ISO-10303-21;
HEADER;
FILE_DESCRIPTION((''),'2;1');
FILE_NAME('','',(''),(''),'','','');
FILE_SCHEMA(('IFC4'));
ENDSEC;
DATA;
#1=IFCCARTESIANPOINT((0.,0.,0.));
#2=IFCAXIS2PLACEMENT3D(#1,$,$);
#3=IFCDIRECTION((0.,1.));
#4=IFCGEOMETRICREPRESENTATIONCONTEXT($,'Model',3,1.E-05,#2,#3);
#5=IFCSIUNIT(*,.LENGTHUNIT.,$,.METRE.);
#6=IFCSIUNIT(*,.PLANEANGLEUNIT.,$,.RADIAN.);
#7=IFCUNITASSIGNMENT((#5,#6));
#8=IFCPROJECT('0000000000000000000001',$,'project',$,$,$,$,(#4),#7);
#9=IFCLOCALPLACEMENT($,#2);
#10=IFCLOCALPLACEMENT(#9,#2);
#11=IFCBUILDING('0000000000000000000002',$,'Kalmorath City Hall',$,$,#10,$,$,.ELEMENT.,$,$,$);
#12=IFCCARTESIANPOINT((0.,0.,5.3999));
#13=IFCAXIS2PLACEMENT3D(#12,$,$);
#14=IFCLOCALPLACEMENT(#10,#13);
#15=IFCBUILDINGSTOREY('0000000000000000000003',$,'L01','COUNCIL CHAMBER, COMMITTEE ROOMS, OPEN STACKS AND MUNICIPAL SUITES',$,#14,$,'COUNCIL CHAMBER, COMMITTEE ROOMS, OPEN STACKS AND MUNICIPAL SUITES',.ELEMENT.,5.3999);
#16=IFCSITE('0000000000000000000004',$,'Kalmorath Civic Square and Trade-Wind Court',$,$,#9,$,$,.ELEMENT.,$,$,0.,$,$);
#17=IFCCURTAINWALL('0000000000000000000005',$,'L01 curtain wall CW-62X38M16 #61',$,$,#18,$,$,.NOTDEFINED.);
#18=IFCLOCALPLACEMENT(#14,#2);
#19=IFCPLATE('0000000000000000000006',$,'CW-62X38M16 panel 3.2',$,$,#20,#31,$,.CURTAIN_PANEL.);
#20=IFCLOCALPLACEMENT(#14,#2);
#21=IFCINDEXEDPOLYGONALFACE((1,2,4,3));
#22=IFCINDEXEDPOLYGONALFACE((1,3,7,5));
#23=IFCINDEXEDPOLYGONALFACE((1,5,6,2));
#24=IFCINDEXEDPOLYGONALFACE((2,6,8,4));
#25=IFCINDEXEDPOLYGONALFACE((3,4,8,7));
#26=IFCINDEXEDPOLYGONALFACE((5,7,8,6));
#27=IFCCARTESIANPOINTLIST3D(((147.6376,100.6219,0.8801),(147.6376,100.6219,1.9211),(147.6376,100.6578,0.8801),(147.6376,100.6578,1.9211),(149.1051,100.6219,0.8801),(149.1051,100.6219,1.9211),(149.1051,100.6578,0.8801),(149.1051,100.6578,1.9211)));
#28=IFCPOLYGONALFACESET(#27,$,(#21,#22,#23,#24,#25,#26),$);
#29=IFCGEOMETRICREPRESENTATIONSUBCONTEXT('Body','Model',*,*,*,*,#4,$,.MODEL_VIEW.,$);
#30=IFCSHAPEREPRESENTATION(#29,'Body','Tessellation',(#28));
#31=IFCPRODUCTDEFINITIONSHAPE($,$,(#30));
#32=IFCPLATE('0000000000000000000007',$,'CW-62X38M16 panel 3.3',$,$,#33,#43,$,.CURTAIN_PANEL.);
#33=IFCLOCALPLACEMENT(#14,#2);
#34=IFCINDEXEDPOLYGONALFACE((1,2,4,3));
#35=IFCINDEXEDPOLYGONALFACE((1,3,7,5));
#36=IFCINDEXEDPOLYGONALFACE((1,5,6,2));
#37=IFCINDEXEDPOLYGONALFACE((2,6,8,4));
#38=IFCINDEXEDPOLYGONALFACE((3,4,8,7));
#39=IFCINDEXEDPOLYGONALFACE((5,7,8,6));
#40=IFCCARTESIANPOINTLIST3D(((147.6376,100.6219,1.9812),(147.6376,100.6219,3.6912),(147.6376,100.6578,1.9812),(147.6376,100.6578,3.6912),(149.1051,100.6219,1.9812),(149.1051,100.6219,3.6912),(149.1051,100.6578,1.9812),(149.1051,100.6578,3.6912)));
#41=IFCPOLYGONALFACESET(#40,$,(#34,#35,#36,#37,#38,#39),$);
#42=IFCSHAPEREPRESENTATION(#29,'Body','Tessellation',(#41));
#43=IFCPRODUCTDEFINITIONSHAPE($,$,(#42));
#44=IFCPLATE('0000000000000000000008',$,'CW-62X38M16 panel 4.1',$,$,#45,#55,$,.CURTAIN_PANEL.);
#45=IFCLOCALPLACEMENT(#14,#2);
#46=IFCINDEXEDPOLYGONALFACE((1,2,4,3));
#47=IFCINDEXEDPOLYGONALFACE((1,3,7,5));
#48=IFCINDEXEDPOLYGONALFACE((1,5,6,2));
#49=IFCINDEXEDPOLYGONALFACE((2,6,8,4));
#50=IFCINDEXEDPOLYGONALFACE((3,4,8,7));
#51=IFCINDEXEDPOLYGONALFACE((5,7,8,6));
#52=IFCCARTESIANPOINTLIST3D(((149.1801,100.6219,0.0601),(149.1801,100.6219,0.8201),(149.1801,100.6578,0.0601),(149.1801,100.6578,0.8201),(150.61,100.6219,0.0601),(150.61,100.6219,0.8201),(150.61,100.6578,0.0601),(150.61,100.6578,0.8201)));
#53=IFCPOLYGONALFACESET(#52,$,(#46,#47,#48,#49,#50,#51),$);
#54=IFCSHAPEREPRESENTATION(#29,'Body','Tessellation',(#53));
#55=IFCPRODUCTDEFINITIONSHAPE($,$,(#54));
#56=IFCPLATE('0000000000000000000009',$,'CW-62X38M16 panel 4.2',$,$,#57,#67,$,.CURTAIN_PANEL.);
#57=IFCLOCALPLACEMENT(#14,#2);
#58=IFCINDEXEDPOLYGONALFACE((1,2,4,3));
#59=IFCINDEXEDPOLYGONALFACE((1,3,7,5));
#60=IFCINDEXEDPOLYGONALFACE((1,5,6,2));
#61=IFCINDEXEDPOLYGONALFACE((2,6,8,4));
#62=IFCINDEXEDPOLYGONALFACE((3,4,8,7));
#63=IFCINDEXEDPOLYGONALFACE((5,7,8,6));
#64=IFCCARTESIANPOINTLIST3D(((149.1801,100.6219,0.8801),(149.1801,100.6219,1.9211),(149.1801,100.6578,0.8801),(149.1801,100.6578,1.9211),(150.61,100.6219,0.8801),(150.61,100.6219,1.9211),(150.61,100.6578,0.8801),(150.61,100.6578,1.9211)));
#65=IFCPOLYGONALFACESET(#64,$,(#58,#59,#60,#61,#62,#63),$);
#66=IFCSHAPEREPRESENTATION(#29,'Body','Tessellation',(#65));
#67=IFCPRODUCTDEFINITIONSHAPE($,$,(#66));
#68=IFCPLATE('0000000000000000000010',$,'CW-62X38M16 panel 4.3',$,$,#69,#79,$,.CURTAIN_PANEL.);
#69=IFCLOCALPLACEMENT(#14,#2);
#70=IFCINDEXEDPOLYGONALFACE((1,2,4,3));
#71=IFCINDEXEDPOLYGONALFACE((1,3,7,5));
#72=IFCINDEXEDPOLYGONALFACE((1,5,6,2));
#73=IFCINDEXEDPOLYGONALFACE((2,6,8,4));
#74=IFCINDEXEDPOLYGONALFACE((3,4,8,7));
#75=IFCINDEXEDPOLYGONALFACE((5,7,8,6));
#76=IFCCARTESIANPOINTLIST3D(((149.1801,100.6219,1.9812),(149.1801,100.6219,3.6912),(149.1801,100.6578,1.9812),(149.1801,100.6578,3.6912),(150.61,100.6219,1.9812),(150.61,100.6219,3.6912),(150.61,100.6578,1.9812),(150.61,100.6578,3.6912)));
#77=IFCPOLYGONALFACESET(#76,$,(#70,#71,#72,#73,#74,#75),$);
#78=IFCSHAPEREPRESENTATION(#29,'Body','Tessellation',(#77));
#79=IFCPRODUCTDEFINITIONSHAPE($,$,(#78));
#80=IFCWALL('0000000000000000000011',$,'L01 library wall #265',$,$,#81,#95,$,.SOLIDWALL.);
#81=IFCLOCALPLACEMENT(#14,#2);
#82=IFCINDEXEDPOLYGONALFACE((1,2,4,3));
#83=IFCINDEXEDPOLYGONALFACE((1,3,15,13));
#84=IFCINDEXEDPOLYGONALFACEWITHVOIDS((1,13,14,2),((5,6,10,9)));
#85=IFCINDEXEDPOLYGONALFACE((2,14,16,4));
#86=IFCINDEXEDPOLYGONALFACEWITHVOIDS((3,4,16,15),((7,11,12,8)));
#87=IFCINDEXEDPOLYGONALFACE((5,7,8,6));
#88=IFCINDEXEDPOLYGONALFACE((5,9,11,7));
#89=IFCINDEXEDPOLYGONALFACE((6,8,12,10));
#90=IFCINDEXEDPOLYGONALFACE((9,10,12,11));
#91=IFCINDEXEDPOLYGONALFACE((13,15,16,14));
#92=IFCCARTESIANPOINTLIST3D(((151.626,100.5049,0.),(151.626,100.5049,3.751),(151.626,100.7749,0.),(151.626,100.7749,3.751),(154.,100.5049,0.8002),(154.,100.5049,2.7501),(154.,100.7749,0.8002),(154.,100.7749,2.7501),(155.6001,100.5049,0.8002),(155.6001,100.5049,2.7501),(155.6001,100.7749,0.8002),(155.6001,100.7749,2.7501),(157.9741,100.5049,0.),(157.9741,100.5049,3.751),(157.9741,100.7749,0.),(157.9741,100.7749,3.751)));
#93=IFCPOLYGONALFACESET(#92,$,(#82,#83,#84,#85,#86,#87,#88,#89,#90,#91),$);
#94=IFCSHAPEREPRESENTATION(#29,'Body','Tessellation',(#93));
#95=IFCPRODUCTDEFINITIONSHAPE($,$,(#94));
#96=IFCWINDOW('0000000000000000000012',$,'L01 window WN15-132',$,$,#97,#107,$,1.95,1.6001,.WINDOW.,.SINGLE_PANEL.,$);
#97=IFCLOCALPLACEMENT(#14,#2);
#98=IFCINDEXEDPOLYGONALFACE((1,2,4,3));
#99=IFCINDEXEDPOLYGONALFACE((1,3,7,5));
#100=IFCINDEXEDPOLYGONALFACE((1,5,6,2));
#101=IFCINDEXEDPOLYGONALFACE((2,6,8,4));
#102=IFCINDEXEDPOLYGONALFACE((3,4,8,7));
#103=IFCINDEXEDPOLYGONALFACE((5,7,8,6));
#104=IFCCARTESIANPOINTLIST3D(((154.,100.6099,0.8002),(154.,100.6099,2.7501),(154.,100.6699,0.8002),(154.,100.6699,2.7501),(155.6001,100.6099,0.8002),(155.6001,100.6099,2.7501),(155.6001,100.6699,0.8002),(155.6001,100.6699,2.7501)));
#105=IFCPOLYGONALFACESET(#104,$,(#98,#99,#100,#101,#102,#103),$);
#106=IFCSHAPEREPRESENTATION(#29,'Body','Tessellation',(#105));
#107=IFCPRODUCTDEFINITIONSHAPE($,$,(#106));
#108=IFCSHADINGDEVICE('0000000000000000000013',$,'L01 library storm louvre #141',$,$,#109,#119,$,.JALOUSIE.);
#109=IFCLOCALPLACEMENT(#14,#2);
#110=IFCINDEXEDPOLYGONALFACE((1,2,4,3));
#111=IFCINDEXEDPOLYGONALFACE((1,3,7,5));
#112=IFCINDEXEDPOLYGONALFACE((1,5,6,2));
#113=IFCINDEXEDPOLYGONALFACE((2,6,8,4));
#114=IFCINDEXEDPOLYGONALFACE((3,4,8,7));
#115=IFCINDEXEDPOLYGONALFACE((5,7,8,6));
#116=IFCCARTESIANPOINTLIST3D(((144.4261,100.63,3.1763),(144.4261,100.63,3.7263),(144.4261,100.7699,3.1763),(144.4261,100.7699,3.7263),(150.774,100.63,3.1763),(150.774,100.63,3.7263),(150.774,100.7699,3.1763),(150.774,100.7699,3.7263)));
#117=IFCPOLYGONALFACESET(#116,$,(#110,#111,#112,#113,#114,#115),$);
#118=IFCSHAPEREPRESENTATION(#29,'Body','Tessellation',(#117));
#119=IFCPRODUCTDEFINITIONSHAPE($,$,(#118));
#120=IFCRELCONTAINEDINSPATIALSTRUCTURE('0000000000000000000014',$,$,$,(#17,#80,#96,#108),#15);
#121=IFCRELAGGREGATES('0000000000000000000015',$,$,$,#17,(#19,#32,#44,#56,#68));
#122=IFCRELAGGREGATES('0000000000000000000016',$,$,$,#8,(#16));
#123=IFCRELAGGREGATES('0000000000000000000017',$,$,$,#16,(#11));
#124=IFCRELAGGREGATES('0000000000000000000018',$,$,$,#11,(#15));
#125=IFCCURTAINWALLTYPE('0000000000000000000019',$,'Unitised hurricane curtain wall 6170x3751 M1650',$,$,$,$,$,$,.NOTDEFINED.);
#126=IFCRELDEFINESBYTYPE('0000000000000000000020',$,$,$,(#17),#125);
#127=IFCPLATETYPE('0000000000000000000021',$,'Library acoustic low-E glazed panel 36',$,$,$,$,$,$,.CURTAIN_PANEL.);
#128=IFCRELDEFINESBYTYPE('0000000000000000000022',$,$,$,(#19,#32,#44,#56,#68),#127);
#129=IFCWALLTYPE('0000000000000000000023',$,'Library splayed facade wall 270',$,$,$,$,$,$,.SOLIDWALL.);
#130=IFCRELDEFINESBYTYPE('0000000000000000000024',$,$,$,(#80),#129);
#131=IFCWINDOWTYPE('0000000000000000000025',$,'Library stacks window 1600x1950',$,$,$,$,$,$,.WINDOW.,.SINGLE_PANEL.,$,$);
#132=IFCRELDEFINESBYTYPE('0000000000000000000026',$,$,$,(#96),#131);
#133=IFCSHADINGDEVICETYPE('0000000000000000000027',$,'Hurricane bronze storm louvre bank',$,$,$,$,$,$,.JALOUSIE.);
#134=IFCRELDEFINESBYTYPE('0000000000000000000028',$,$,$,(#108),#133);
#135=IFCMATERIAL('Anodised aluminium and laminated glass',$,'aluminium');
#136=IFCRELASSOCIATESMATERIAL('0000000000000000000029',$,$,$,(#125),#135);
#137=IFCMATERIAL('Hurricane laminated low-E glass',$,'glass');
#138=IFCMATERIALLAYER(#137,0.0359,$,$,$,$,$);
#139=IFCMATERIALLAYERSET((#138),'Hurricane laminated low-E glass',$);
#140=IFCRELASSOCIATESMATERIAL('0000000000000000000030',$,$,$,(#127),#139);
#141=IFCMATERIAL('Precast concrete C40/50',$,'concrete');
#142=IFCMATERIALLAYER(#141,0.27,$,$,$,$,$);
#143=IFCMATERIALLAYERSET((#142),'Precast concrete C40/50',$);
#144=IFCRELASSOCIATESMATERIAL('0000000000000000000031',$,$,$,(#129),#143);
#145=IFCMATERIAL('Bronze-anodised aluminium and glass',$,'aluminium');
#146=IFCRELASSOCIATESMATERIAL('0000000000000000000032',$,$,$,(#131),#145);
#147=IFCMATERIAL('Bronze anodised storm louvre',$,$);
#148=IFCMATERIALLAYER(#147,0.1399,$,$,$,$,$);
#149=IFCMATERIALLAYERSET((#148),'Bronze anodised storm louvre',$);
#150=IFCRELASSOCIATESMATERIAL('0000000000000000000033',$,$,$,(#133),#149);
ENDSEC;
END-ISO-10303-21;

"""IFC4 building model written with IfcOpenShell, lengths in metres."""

from ifc_helpers import new_model, si_unit, direction, frame, frame_2d, origin, origin_2d, place, context, subcontext, project, spatial, rectangle, extrude, material, layer, layer_set, type_object, element, fill, aggregate, save


model = new_model("IFC4")

# Units and contexts
model_context = context("Model", 3, precision=1e-05, world=origin(), true_north=direction((0.0, 1.0)))
body_context = subcontext(model_context, "Body", "Model", "MODEL_VIEW")
ifc_project = project(units=[si_unit("LENGTHUNIT", "METRE"), si_unit("PLANEANGLEUNIT", "RADIAN")], contexts=[model_context])

# Site, building, storey
site_placement = place(None, origin())
site = spatial("IfcSite", under=ifc_project, at=site_placement, Name="Kalmorath Civic Square and Trade-Wind Court", CompositionType="ELEMENT", RefElevation=0.0)
building_placement = place(site_placement, origin())
building = spatial("IfcBuilding", under=site, at=building_placement, Name="Kalmorath City Hall", CompositionType="ELEMENT")
storey_placement = place(building_placement, frame((0.0, 0.0, 5.3999)))
storey = spatial("IfcBuildingStorey", under=building, at=storey_placement, Name="L01", Description="COUNCIL CHAMBER, COMMITTEE ROOMS, OPEN STACKS AND MUNICIPAL SUITES", LongName="COUNCIL CHAMBER, COMMITTEE ROOMS, OPEN STACKS AND MUNICIPAL SUITES", CompositionType="ELEMENT", Elevation=5.3999)

# Curtain wall, plates
ifc_material_1 = material(Name="Anodised aluminium and laminated glass", Category="aluminium")
curtain_wall_type = type_object("IfcCurtainWallType", Name="Unitised hurricane curtain wall 6170x3751 M1650", PredefinedType="NOTDEFINED", material=ifc_material_1)
curtain_wall_placement = place(storey_placement, origin())
curtain_wall = element("IfcCurtainWall", 1, at=curtain_wall_placement, inside=storey, type_object=curtain_wall_type, Name="L01 curtain wall CW-62X38M16 #61", PredefinedType="NOTDEFINED")
ifc_material_2 = material(Name="Hurricane laminated low-E glass", Category="glass")
ifc_layer_1 = layer(ifc_material_2, 0.0359)
ifc_layer_set_1 = layer_set([ifc_layer_1], Name="Hurricane laminated low-E glass")
plate_type = type_object("IfcPlateType", Name="Library acoustic low-E glazed panel 36", PredefinedType="CURTAIN_PANEL", material=ifc_layer_set_1)
plate_1_placement = place(storey_placement, frame((148.3713, 100.6399, 0.8801), z_axis=(0.0, 0.0, 1.0), x_axis=(1.0, 0.0, 0.0)))
plate_1 = element("IfcPlate", 2, at=plate_1_placement, type_object=plate_type, Name="CW-62X38M16 panel 3.2", PredefinedType="CURTAIN_PANEL", context=body_context, shape_type="SweptSolid", body=[
    extrude(rectangle(XDim=1.4675, YDim=0.0359, at=origin_2d()), origin(), (0.0, 0.0, 1.0), 1.041),
])
plate_2_placement = place(storey_placement, frame((148.3713, 100.6399, 1.9812), z_axis=(0.0, 0.0, 1.0), x_axis=(1.0, 0.0, 0.0)))
plate_2 = element("IfcPlate", 3, at=plate_2_placement, type_object=plate_type, Name="CW-62X38M16 panel 3.3", PredefinedType="CURTAIN_PANEL", context=body_context, shape_type="SweptSolid", body=[
    extrude(rectangle(XDim=1.4675, YDim=0.0359, at=origin_2d()), origin(), (0.0, 0.0, 1.0), 1.71),
])
plate_3_placement = place(storey_placement, frame((149.895, 100.6399, 0.0601), z_axis=(0.0, 0.0, 1.0), x_axis=(1.0, 0.0, 0.0)))
plate_3 = element("IfcPlate", 4, at=plate_3_placement, type_object=plate_type, Name="CW-62X38M16 panel 4.1", PredefinedType="CURTAIN_PANEL", context=body_context, shape_type="SweptSolid", body=[
    extrude(rectangle(XDim=1.4299, YDim=0.0359, at=origin_2d()), origin(), (0.0, 0.0, 1.0), 0.76),
])
plate_4_placement = place(storey_placement, frame((149.895, 100.6399, 0.8801), z_axis=(0.0, 0.0, 1.0), x_axis=(1.0, 0.0, 0.0)))
plate_4 = element("IfcPlate", 5, at=plate_4_placement, type_object=plate_type, Name="CW-62X38M16 panel 4.2", PredefinedType="CURTAIN_PANEL", context=body_context, shape_type="SweptSolid", body=[
    extrude(rectangle(XDim=1.4299, YDim=0.0359, at=origin_2d()), origin(), (0.0, 0.0, 1.0), 1.041),
])
plate_5_placement = place(storey_placement, frame((149.895, 100.6399, 1.9812), z_axis=(0.0, 0.0, 1.0), x_axis=(1.0, 0.0, 0.0)))
plate_5 = element("IfcPlate", 6, at=plate_5_placement, type_object=plate_type, Name="CW-62X38M16 panel 4.3", PredefinedType="CURTAIN_PANEL", context=body_context, shape_type="SweptSolid", body=[
    extrude(rectangle(XDim=1.4299, YDim=0.0359, at=origin_2d()), origin(), (0.0, 0.0, 1.0), 1.71),
])
aggregate(curtain_wall, [plate_1, plate_2, plate_3, plate_4, plate_5])

# Wall, opening, window
ifc_material_3 = material(Name="Precast concrete C40/50", Category="concrete")
ifc_layer_2 = layer(ifc_material_3, 0.27)
ifc_layer_set_2 = layer_set([ifc_layer_2], Name="Precast concrete C40/50")
wall_type = type_object("IfcWallType", Name="Library splayed facade wall 270", PredefinedType="SOLIDWALL", material=ifc_layer_set_2)
wall_placement = place(storey_placement, frame((151.626, 100.6399, 0.0), z_axis=(0.0, 0.0, 1.0), x_axis=(1.0, 0.0, 0.0)))
wall = element("IfcWall", 7, at=wall_placement, inside=storey, type_object=wall_type, Name="L01 library wall #265", PredefinedType="SOLIDWALL", context=body_context, shape_type="SweptSolid", body=[
    extrude(rectangle(XDim=6.3481, YDim=0.27, at=frame_2d((3.1741, 0.0))), origin(), (0.0, 0.0, 1.0), 3.751),
])
opening_placement = place(wall_placement, frame((2.374, 0.0, 0.8)))
opening = element("IfcOpeningElement", 8, at=opening_placement, cuts=wall, PredefinedType="OPENING", context=body_context, shape_type="SweptSolid", body=[
    extrude(rectangle(XDim=1.6001, YDim=1.95, at=frame_2d((0.8, 0.9751))), frame((0.0, 0.145, 0.0), z_axis=(0.0, -1.0, 0.0), x_axis=(1.0, 0.0, 0.0)), (0.0, 0.0, 1.0), 0.29),
])
ifc_material_4 = material(Name="Bronze-anodised aluminium and glass", Category="aluminium")
window_type = type_object("IfcWindowType", Name="Library stacks window 1600x1950", PartitioningType="SINGLE_PANEL", PredefinedType="WINDOW", material=ifc_material_4)
window_placement = place(opening_placement, origin())
window = element("IfcWindow", 9, at=window_placement, inside=storey, type_object=window_type, Name="L01 window WN15-132", OverallHeight=1.95, OverallWidth=1.6001, PartitioningType="SINGLE_PANEL", PredefinedType="WINDOW", context=body_context, shape_type="SweptSolid", body=[
    extrude(rectangle(XDim=1.6001, YDim=1.95, at=frame_2d((0.8, 0.9751))), frame((0.0, 0.03, 0.0), z_axis=(0.0, -1.0, 0.0), x_axis=(1.0, 0.0, 0.0)), (0.0, 0.0, 1.0), 0.0601),
])
fill(opening, window)

# Shading device
ifc_material_5 = material(Name="Bronze anodised storm louvre")
ifc_layer_3 = layer(ifc_material_5, 0.1399)
ifc_layer_set_3 = layer_set([ifc_layer_3], Name="Bronze anodised storm louvre")
shading_device_type = type_object("IfcShadingDeviceType", Name="Hurricane bronze storm louvre bank", PredefinedType="JALOUSIE", material=ifc_layer_set_3)
shading_device_placement = place(storey_placement, frame((147.6001, 100.7, 3.1763), z_axis=(0.0, 0.0, 1.0), x_axis=(1.0, 0.0, 0.0)))
element("IfcShadingDevice", 10, at=shading_device_placement, inside=storey, type_object=shading_device_type, Name="L01 library storm louvre #141", PredefinedType="JALOUSIE", context=body_context, shape_type="SweptSolid", body=[
    extrude(rectangle(XDim=6.3479, YDim=0.1399, at=origin_2d()), origin(), (0.0, 0.0, 1.0), 0.55),
])

save(model, "model.ifc")
